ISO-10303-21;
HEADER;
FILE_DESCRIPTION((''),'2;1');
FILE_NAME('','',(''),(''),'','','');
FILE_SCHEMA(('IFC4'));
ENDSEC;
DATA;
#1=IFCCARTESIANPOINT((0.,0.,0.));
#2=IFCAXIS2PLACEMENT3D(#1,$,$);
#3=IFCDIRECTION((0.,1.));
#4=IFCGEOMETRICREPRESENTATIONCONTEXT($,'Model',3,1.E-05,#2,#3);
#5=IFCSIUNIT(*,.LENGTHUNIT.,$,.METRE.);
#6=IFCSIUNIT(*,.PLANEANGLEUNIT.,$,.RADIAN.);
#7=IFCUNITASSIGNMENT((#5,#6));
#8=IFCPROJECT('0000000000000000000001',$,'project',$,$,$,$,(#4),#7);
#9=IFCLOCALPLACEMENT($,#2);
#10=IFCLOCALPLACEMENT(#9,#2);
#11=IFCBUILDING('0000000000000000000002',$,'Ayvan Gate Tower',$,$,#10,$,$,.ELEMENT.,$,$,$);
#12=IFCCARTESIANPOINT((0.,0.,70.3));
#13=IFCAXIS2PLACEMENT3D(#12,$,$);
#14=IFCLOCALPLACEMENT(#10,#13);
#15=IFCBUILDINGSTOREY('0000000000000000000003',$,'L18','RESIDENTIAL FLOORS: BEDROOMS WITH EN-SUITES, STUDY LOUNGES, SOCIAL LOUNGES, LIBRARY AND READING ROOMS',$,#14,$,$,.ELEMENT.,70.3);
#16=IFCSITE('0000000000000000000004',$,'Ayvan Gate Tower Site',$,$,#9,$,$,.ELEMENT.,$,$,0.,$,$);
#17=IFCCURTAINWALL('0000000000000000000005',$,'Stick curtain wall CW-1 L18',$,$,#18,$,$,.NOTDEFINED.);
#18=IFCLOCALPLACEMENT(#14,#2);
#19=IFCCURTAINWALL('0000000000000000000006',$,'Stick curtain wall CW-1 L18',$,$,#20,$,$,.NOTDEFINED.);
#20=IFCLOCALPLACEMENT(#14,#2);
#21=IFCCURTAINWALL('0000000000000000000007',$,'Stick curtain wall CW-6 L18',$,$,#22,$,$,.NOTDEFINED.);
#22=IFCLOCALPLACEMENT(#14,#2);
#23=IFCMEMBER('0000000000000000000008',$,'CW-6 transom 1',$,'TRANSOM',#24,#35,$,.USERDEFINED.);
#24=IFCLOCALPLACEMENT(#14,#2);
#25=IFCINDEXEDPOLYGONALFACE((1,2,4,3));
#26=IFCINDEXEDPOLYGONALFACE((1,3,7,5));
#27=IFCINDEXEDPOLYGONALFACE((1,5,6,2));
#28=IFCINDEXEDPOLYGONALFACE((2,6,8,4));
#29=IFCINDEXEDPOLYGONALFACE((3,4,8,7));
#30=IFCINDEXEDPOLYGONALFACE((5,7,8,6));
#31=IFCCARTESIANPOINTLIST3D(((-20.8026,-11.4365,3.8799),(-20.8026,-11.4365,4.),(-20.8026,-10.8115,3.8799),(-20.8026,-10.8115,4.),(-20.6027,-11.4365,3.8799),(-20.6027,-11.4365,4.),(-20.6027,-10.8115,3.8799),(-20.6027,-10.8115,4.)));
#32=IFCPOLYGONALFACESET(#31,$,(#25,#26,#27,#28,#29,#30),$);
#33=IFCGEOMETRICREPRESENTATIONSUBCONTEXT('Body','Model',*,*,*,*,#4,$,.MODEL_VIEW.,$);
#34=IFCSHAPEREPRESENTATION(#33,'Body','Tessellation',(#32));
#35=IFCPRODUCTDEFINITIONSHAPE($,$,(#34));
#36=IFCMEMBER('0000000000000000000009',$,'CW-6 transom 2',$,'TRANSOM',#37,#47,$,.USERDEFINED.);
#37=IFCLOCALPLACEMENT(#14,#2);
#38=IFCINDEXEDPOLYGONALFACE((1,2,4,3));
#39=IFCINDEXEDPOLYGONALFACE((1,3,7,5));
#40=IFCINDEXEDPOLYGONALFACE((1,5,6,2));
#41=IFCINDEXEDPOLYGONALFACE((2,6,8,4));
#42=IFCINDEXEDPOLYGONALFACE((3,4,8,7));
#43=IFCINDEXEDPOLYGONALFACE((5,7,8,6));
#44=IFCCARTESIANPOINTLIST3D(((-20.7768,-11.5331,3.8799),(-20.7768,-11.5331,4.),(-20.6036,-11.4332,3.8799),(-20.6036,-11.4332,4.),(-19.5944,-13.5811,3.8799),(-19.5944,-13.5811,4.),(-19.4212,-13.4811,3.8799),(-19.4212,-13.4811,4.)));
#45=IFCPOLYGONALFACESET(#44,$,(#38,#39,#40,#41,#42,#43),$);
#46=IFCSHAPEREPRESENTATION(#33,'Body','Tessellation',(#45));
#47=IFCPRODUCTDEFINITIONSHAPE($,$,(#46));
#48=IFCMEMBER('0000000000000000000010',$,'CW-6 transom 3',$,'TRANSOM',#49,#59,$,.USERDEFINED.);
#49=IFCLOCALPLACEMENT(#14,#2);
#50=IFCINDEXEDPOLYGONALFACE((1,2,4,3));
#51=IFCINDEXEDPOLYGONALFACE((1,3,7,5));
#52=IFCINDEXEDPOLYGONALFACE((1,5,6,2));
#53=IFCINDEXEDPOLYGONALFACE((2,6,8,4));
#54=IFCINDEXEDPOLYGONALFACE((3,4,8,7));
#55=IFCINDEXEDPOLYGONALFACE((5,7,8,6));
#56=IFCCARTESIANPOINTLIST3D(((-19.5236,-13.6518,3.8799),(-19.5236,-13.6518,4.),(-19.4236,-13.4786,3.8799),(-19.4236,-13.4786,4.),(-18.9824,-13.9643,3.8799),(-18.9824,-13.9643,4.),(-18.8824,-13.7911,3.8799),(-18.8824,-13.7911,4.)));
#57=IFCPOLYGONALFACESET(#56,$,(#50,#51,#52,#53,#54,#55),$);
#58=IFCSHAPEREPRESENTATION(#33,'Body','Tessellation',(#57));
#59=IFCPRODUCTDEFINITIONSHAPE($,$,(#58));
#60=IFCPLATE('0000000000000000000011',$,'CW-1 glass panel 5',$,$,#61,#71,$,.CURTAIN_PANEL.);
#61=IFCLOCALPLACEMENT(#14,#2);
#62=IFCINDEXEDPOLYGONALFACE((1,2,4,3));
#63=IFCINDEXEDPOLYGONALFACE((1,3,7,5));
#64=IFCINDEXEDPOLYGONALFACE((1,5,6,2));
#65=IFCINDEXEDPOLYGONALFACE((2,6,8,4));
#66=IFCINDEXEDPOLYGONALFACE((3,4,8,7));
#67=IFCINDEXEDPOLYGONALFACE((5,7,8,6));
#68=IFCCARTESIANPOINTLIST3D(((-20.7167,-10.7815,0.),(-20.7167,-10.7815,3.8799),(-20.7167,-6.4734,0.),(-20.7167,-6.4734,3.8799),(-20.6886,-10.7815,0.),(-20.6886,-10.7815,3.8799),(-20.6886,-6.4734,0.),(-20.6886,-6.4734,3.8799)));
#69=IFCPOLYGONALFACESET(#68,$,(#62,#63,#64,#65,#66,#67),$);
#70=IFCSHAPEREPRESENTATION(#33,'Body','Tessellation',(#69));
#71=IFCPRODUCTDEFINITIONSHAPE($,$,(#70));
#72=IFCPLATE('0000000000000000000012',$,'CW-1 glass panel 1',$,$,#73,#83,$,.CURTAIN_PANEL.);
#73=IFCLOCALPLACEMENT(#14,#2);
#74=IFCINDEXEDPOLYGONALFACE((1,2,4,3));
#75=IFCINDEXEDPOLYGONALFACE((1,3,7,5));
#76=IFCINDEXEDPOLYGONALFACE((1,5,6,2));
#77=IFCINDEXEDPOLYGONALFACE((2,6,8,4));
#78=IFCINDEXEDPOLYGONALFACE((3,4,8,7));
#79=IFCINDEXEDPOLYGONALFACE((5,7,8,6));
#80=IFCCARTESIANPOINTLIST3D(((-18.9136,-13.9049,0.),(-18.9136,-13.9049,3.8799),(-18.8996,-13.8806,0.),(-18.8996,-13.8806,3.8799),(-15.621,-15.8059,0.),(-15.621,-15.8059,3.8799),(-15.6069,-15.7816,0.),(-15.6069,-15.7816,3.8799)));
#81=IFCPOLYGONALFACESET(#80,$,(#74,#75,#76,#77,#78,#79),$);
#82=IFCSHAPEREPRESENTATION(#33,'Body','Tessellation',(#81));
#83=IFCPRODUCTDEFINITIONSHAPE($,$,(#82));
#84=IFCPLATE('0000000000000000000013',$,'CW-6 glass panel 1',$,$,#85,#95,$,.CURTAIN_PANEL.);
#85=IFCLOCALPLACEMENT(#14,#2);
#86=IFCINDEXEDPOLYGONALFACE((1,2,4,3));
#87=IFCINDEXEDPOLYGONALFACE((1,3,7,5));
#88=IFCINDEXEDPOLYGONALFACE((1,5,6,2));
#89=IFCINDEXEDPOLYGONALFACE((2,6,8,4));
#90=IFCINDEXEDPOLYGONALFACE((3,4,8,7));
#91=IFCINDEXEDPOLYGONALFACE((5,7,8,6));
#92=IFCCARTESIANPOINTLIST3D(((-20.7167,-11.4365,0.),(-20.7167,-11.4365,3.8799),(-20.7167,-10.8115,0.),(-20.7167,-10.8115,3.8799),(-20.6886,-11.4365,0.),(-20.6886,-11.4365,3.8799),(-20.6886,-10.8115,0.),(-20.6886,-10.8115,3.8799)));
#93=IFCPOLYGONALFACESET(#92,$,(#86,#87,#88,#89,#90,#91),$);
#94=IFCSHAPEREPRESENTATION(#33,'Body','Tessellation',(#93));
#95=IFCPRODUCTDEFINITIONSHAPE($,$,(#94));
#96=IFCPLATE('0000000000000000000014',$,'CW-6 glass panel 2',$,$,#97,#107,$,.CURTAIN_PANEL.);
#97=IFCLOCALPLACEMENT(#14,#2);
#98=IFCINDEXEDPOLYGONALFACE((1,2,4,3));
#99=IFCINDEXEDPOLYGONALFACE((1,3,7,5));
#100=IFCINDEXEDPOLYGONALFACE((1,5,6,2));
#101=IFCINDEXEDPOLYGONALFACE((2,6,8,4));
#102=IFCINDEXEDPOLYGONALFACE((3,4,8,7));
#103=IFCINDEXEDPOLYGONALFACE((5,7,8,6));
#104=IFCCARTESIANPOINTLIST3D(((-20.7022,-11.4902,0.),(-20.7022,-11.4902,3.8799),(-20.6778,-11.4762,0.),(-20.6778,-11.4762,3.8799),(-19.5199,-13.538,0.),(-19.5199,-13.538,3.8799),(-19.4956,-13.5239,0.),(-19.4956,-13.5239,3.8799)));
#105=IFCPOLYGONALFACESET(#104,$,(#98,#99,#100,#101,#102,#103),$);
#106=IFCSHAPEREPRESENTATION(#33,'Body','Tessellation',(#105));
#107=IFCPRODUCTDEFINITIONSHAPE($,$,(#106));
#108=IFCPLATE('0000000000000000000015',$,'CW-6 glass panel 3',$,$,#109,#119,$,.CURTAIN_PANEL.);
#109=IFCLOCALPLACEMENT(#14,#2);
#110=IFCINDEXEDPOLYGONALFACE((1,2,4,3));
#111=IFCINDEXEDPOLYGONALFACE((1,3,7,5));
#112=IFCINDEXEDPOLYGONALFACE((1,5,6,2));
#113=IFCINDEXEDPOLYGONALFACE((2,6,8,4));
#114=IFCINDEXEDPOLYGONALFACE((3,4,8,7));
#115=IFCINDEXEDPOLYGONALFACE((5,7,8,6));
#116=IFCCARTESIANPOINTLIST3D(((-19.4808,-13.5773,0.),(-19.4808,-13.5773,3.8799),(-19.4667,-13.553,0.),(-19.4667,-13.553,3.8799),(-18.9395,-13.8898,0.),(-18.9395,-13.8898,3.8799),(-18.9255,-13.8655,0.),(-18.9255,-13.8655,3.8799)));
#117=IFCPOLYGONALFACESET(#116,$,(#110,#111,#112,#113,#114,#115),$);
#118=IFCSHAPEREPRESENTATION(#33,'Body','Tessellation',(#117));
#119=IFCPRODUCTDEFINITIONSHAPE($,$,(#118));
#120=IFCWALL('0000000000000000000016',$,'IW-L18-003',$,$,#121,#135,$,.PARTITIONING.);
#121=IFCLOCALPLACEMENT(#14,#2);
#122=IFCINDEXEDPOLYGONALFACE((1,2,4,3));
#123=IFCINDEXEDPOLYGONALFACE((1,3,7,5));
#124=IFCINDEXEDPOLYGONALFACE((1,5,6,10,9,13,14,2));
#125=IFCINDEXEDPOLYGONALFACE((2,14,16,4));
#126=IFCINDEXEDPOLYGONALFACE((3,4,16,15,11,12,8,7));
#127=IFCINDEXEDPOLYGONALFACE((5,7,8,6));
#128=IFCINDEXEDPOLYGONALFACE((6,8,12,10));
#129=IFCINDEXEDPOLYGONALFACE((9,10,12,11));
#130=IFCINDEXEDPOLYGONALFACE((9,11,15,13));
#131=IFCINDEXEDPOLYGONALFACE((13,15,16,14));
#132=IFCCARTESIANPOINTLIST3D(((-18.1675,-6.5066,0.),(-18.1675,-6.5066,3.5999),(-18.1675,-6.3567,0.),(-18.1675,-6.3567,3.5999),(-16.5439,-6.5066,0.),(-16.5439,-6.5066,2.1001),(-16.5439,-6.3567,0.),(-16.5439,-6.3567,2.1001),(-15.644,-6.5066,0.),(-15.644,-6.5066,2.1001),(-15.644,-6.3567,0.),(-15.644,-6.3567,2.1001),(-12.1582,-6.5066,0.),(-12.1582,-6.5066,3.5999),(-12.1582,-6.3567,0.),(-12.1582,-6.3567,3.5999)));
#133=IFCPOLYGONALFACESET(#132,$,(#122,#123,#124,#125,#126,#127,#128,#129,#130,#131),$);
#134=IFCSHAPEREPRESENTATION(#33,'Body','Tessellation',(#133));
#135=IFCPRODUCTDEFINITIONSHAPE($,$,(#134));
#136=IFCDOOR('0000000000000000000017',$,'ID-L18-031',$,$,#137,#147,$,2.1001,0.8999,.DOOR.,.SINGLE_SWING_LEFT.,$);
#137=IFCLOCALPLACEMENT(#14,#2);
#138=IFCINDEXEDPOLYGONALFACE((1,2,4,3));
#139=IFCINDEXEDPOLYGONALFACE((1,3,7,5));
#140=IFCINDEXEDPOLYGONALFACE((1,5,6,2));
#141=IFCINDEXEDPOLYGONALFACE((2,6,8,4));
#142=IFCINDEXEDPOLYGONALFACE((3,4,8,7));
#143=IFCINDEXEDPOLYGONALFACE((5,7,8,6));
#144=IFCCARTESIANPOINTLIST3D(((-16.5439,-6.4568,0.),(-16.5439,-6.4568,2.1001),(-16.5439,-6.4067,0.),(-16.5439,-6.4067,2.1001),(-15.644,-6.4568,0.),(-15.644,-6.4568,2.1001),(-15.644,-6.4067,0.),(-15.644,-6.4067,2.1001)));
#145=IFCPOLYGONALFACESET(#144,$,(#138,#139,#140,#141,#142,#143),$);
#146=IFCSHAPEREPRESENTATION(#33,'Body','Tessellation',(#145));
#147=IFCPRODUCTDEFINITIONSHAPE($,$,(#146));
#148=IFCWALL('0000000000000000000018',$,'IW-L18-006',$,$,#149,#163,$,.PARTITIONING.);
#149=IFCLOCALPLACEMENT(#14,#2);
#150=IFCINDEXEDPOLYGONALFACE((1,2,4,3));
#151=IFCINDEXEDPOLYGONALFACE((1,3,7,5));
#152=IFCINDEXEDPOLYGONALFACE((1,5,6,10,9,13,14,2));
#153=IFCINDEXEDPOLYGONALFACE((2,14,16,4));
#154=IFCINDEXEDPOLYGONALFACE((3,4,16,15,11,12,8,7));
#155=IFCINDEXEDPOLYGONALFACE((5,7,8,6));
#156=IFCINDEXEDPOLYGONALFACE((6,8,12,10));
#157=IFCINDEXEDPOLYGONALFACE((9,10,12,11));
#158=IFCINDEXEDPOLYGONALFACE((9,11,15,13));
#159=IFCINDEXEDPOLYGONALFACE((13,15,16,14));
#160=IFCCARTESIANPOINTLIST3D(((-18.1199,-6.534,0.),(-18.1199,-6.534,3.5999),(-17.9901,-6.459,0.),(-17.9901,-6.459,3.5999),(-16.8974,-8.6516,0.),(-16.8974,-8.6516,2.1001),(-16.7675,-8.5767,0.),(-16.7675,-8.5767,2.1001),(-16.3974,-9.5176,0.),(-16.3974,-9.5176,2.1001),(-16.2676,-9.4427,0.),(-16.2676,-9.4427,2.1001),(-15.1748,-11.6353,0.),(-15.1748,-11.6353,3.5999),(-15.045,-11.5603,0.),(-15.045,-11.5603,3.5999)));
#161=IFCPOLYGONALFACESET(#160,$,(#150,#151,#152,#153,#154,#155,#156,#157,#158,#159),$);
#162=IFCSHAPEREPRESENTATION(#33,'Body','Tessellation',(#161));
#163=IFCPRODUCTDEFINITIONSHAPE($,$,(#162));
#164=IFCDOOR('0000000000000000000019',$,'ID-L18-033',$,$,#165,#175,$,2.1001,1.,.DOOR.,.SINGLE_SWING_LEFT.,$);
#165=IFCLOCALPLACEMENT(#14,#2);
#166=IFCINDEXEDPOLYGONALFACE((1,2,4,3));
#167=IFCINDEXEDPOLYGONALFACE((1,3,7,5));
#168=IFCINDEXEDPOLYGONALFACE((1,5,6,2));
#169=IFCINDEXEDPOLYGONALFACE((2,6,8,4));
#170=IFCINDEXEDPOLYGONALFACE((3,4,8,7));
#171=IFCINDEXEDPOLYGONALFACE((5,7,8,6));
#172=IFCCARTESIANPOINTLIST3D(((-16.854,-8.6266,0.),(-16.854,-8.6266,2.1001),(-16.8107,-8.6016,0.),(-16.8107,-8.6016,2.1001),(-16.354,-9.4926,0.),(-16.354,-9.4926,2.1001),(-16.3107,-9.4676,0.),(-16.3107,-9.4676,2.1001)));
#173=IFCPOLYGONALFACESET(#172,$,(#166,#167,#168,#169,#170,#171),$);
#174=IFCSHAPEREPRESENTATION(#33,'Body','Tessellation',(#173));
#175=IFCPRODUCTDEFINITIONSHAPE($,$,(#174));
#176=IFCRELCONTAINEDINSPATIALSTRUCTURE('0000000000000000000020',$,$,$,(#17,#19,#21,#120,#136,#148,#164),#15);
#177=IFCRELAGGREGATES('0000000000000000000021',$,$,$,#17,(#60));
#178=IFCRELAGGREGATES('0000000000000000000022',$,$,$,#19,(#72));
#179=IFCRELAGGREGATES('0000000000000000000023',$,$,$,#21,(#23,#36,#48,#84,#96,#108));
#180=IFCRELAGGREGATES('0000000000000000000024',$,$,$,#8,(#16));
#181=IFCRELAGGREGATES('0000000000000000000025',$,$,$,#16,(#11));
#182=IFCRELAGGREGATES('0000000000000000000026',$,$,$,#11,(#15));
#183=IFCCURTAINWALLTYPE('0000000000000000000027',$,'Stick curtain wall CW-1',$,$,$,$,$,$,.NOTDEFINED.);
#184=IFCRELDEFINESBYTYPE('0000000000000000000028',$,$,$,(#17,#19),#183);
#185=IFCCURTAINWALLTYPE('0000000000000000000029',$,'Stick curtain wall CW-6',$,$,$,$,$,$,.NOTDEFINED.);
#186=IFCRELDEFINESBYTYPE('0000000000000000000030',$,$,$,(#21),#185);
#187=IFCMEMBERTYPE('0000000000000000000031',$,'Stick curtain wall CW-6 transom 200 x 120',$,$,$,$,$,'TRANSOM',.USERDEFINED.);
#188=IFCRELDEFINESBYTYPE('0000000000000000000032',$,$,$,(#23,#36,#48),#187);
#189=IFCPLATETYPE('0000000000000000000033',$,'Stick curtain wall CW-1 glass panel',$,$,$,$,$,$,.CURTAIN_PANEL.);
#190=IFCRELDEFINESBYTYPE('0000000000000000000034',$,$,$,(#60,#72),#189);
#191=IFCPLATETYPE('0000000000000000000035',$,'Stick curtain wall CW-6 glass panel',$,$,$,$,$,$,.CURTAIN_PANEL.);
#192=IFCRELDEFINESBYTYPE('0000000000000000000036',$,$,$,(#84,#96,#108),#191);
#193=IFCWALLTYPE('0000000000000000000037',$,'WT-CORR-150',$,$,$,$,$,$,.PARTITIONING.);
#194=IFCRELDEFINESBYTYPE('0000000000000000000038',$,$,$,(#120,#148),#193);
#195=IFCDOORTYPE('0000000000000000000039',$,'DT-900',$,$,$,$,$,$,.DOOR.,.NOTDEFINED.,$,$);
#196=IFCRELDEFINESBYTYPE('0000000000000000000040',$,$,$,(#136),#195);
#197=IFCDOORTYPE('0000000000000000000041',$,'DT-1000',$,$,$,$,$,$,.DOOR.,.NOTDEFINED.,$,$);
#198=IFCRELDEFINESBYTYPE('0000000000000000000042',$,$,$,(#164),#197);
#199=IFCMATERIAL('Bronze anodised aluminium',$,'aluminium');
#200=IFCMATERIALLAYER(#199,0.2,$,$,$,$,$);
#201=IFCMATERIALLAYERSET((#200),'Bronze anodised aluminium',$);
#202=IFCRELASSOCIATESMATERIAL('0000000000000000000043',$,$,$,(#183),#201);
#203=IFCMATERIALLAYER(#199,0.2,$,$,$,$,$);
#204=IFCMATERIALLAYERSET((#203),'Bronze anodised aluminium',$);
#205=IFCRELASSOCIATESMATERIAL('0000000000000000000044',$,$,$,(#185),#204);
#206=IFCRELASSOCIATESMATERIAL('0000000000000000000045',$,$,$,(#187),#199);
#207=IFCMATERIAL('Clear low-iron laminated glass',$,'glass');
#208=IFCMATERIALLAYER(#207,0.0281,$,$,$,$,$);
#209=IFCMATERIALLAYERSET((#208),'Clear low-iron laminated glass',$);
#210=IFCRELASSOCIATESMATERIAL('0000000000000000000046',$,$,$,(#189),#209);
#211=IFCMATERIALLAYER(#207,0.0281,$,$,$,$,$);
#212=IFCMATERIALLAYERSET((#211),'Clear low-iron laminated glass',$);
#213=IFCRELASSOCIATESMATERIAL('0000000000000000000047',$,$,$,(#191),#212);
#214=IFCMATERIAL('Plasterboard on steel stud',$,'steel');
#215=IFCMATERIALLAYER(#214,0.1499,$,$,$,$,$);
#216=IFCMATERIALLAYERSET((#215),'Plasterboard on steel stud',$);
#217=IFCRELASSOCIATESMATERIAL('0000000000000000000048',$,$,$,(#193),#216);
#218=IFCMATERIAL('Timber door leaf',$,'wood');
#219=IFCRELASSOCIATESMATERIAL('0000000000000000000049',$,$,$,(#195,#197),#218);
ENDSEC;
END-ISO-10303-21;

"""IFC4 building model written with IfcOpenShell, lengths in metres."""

from ifc_helpers import new_model, si_unit, direction, frame, frame_2d, origin, origin_2d, place, context, subcontext, project, spatial, rectangle, extrude, material, layer, layer_set, material_profile, profile_set, type_object, element, fill, aggregate, save


model = new_model("IFC4")

# Units and contexts
model_context = context("Model", 3, precision=1e-05, world=origin(), true_north=direction((0.0, 1.0)))
body_context = subcontext(model_context, "Body", "Model", "MODEL_VIEW")
ifc_project = project(units=[si_unit("LENGTHUNIT", "METRE"), si_unit("PLANEANGLEUNIT", "RADIAN")], contexts=[model_context])

# Site, building, storey
site_placement = place(None, origin())
site = spatial("IfcSite", under=ifc_project, at=site_placement, Name="Ayvan Gate Tower Site", CompositionType="ELEMENT", RefElevation=0.0)
building_placement = place(site_placement, origin())
building = spatial("IfcBuilding", under=site, at=building_placement, Name="Ayvan Gate Tower", CompositionType="ELEMENT")
storey_placement = place(building_placement, frame((0.0, 0.0, 70.3)))
storey = spatial("IfcBuildingStorey", under=building, at=storey_placement, Name="L18", Description="RESIDENTIAL FLOORS: BEDROOMS WITH EN-SUITES, STUDY LOUNGES, SOCIAL LOUNGES, LIBRARY AND READING ROOMS", CompositionType="ELEMENT", Elevation=70.3)

# Curtain walls, members
ifc_material_1 = material(Name="Bronze anodised aluminium", Category="aluminium")
ifc_layer_1 = layer(ifc_material_1, 0.2)
ifc_layer_set_1 = layer_set([ifc_layer_1], Name="Bronze anodised aluminium")
curtain_wall_type_1 = type_object("IfcCurtainWallType", Name="Stick curtain wall CW-1", PredefinedType="NOTDEFINED", material=ifc_layer_set_1)
curtain_wall_1_placement = place(storey_placement, origin())
curtain_wall_1 = element("IfcCurtainWall", 1, at=curtain_wall_1_placement, inside=storey, type_object=curtain_wall_type_1, Name="Stick curtain wall CW-1 L18", PredefinedType="NOTDEFINED")
curtain_wall_2_placement = place(storey_placement, origin())
curtain_wall_2 = element("IfcCurtainWall", 2, at=curtain_wall_2_placement, inside=storey, type_object=curtain_wall_type_1, Name="Stick curtain wall CW-1 L18", PredefinedType="NOTDEFINED")
ifc_layer_2 = layer(ifc_material_1, 0.2)
ifc_layer_set_2 = layer_set([ifc_layer_2], Name="Bronze anodised aluminium")
curtain_wall_type_2 = type_object("IfcCurtainWallType", Name="Stick curtain wall CW-6", PredefinedType="NOTDEFINED", material=ifc_layer_set_2)
curtain_wall_3_placement = place(storey_placement, origin())
curtain_wall_3 = element("IfcCurtainWall", 3, at=curtain_wall_3_placement, inside=storey, type_object=curtain_wall_type_2, Name="Stick curtain wall CW-6 L18", PredefinedType="NOTDEFINED")
ifc_material_profile_1 = material_profile(ifc_material_1, rectangle(XDim=0.2, YDim=0.1201, at=origin_2d()), Name="Stick curtain wall CW-6 transom 200 x 120")
ifc_profile_set_1 = profile_set([ifc_material_profile_1], Name="Bronze anodised aluminium")
member_type_1 = type_object("IfcMemberType", Name="Stick curtain wall CW-6 transom 200 x 120", ElementType="TRANSOM", PredefinedType="USERDEFINED", material=ifc_profile_set_1)
member_1_placement = place(storey_placement, frame((-20.7026, -10.8115, 3.9399), z_axis=(0.0, -1.0, 0.0), x_axis=(1.0, 0.0, 0.0)))
member_1 = element("IfcMember", 4, at=member_1_placement, type_object=member_type_1, Name="CW-6 transom 1", ObjectType="TRANSOM", PredefinedType="USERDEFINED", context=body_context, shape_type="SweptSolid", body=[
    extrude(rectangle(XDim=0.2, YDim=0.1201, at=origin_2d()), origin(), (0.0, 0.0, 1.0), 0.625),
])
member_2_placement = place(storey_placement, frame((-20.6902, -11.4832, 3.9399), z_axis=(0.500014, -0.866017, 0.0), x_axis=(0.866017, 0.500014, 0.0)))
member_2 = element("IfcMember", 5, at=member_2_placement, type_object=member_type_1, Name="CW-6 transom 2", ObjectType="TRANSOM", PredefinedType="USERDEFINED", context=body_context, shape_type="SweptSolid", body=[
    extrude(rectangle(XDim=0.2, YDim=0.1201, at=origin_2d()), origin(), (0.0, 0.0, 1.0), 2.3647),
])
member_3_placement = place(storey_placement, frame((-19.4736, -13.5652, 3.9399), z_axis=(0.866023, -0.500004, 0.0), x_axis=(0.500004, 0.866023, 0.0)))
member_3 = element("IfcMember", 6, at=member_3_placement, type_object=member_type_1, Name="CW-6 transom 3", ObjectType="TRANSOM", PredefinedType="USERDEFINED", context=body_context, shape_type="SweptSolid", body=[
    extrude(rectangle(XDim=0.2, YDim=0.1201, at=origin_2d()), origin(), (0.0, 0.0, 1.0), 0.625),
])

# Plates
ifc_material_2 = material(Name="Clear low-iron laminated glass", Category="glass")
ifc_layer_3 = layer(ifc_material_2, 0.0281)
ifc_layer_set_3 = layer_set([ifc_layer_3], Name="Clear low-iron laminated glass")
plate_type_1 = type_object("IfcPlateType", Name="Stick curtain wall CW-1 glass panel", PredefinedType="CURTAIN_PANEL", material=ifc_layer_set_3)
plate_1_placement = place(storey_placement, frame((-20.7026, -8.6274, 0.0), z_axis=(0.0, 0.0, 1.0), x_axis=(0.0, -1.0, 0.0)))
plate_1 = element("IfcPlate", 7, at=plate_1_placement, type_object=plate_type_1, Name="CW-1 glass panel 5", PredefinedType="CURTAIN_PANEL", context=body_context, shape_type="SweptSolid", body=[
    extrude(rectangle(XDim=4.3081, YDim=0.0281, at=origin_2d()), origin(), (0.0, 0.0, 1.0), 3.8799),
])
aggregate(curtain_wall_1, [plate_1])
plate_2_placement = place(storey_placement, frame((-17.2603, -14.8433, 0.0), z_axis=(0.0, 0.0, 1.0), x_axis=(0.866025, -0.5, 0.0)))
plate_2 = element("IfcPlate", 8, at=plate_2_placement, type_object=plate_type_1, Name="CW-1 glass panel 1", PredefinedType="CURTAIN_PANEL", context=body_context, shape_type="SweptSolid", body=[
    extrude(rectangle(XDim=3.802, YDim=0.0281, at=origin_2d()), origin(), (0.0, 0.0, 1.0), 3.8799),
])
aggregate(curtain_wall_2, [plate_2])
ifc_layer_4 = layer(ifc_material_2, 0.0281)
ifc_layer_set_4 = layer_set([ifc_layer_4], Name="Clear low-iron laminated glass")
plate_type_2 = type_object("IfcPlateType", Name="Stick curtain wall CW-6 glass panel", PredefinedType="CURTAIN_PANEL", material=ifc_layer_set_4)
plate_3_placement = place(storey_placement, frame((-20.7026, -11.124, 0.0), z_axis=(0.0, 0.0, 1.0), x_axis=(0.0, -1.0, 0.0)))
plate_3 = element("IfcPlate", 9, at=plate_3_placement, type_object=plate_type_2, Name="CW-6 glass panel 1", PredefinedType="CURTAIN_PANEL", context=body_context, shape_type="SweptSolid", body=[
    extrude(rectangle(XDim=0.625, YDim=0.0281, at=origin_2d()), origin(), (0.0, 0.0, 1.0), 3.8799),
])
plate_4_placement = place(storey_placement, frame((-20.0989, -12.5071, 0.0), z_axis=(0.0, 0.0, 1.0), x_axis=(0.5, -0.866025, 0.0)))
plate_4 = element("IfcPlate", 10, at=plate_4_placement, type_object=plate_type_2, Name="CW-6 glass panel 2", PredefinedType="CURTAIN_PANEL", context=body_context, shape_type="SweptSolid", body=[
    extrude(rectangle(XDim=2.3645, YDim=0.0281, at=origin_2d()), origin(), (0.0, 0.0, 1.0), 3.8799),
])
plate_5_placement = place(storey_placement, frame((-19.2031, -13.7214, 0.0), z_axis=(0.0, 0.0, 1.0), x_axis=(0.866025, -0.5, 0.0)))
plate_5 = element("IfcPlate", 11, at=plate_5_placement, type_object=plate_type_2, Name="CW-6 glass panel 3", PredefinedType="CURTAIN_PANEL", context=body_context, shape_type="SweptSolid", body=[
    extrude(rectangle(XDim=0.625, YDim=0.0281, at=origin_2d()), origin(), (0.0, 0.0, 1.0), 3.8799),
])
aggregate(curtain_wall_3, [member_1, member_2, member_3, plate_3, plate_4, plate_5])

# Walls, openings, doors
ifc_material_3 = material(Name="Plasterboard on steel stud", Category="steel")
ifc_layer_5 = layer(ifc_material_3, 0.1499)
ifc_layer_set_5 = layer_set([ifc_layer_5], Name="Plasterboard on steel stud")
wall_type_1 = type_object("IfcWallType", Name="WT-CORR-150", PredefinedType="PARTITIONING", material=ifc_layer_set_5)
wall_1_placement = place(storey_placement, frame((-18.1675, -6.4316, 0.0), z_axis=(0.0, 0.0, 1.0), x_axis=(1.0, 0.0, 0.0)))
wall_1 = element("IfcWall", 12, at=wall_1_placement, inside=storey, type_object=wall_type_1, Name="IW-L18-003", PredefinedType="PARTITIONING", context=body_context, shape_type="SweptSolid", body=[
    extrude(rectangle(XDim=6.0093, YDim=0.1499, at=frame_2d((3.0046, 0.0))), origin(), (0.0, 0.0, 1.0), 3.5999),
])
opening_1_placement = place(wall_1_placement, frame((1.6235, 0.0, 0.0)))
opening_1 = element("IfcOpeningElement", 13, at=opening_1_placement, cuts=wall_1, PredefinedType="OPENING", context=body_context, shape_type="SweptSolid", body=[
    extrude(rectangle(XDim=0.8999, YDim=2.1001, at=frame_2d((0.45, 1.05))), frame((0.0, 0.085, 0.0), z_axis=(0.0, -1.0, 0.0), x_axis=(1.0, 0.0, 0.0)), (0.0, 0.0, 1.0), 0.1699),
])
ifc_material_4 = material(Name="Timber door leaf", Category="wood")
door_type_1 = type_object("IfcDoorType", Name="DT-900", OperationType="NOTDEFINED", PredefinedType="DOOR", material=ifc_material_4)
door_1_placement = place(opening_1_placement, origin())
door_1 = element("IfcDoor", 14, at=door_1_placement, inside=storey, type_object=door_type_1, Name="ID-L18-031", OperationType="SINGLE_SWING_LEFT", OverallHeight=2.1001, OverallWidth=0.8999, PredefinedType="DOOR", context=body_context, shape_type="SweptSolid", body=[
    extrude(rectangle(XDim=0.8999, YDim=2.1001, at=frame_2d((0.45, 1.05))), frame((0.0, 0.0249, 0.0), z_axis=(0.0, -1.0, 0.0), x_axis=(1.0, 0.0, 0.0)), (0.0, 0.0, 1.0), 0.05),
])
fill(opening_1, door_1)
wall_2_placement = place(storey_placement, frame((-15.1099, -11.5979, 0.0), z_axis=(0.0, 0.0, 1.0), x_axis=(-0.499977, 0.866039, 0.0)))
wall_2 = element("IfcWall", 15, at=wall_2_placement, inside=storey, type_object=wall_type_1, Name="IW-L18-006", PredefinedType="PARTITIONING", context=body_context, shape_type="SweptSolid", body=[
    extrude(rectangle(XDim=5.8904, YDim=0.1499, at=frame_2d((2.9453, 0.0))), origin(), (0.0, 0.0, 1.0), 3.5999),
])
opening_2_placement = place(wall_2_placement, frame((2.4453, 0.0, 0.0)))
opening_2 = element("IfcOpeningElement", 16, at=opening_2_placement, cuts=wall_2, PredefinedType="OPENING", context=body_context, shape_type="SweptSolid", body=[
    extrude(rectangle(XDim=1.0, YDim=2.1001, at=frame_2d((0.5, 1.05))), frame((0.0, 0.085, 0.0), z_axis=(0.0, -1.0, 0.0), x_axis=(1.0, 0.0, 0.0)), (0.0, 0.0, 1.0), 0.1699),
])
door_type_2 = type_object("IfcDoorType", Name="DT-1000", OperationType="NOTDEFINED", PredefinedType="DOOR", material=ifc_material_4)
door_2_placement = place(opening_2_placement, origin())
door_2 = element("IfcDoor", 17, at=door_2_placement, inside=storey, type_object=door_type_2, Name="ID-L18-033", OperationType="SINGLE_SWING_LEFT", OverallHeight=2.1001, OverallWidth=1.0, PredefinedType="DOOR", context=body_context, shape_type="SweptSolid", body=[
    extrude(rectangle(XDim=1.0, YDim=2.1001, at=frame_2d((0.5, 1.05))), frame((0.0, 0.0249, 0.0), z_axis=(0.0, -1.0, 0.0), x_axis=(1.0, 0.0, 0.0)), (0.0, 0.0, 1.0), 0.05),
])
fill(opening_2, door_2)

save(model, "model.ifc")
